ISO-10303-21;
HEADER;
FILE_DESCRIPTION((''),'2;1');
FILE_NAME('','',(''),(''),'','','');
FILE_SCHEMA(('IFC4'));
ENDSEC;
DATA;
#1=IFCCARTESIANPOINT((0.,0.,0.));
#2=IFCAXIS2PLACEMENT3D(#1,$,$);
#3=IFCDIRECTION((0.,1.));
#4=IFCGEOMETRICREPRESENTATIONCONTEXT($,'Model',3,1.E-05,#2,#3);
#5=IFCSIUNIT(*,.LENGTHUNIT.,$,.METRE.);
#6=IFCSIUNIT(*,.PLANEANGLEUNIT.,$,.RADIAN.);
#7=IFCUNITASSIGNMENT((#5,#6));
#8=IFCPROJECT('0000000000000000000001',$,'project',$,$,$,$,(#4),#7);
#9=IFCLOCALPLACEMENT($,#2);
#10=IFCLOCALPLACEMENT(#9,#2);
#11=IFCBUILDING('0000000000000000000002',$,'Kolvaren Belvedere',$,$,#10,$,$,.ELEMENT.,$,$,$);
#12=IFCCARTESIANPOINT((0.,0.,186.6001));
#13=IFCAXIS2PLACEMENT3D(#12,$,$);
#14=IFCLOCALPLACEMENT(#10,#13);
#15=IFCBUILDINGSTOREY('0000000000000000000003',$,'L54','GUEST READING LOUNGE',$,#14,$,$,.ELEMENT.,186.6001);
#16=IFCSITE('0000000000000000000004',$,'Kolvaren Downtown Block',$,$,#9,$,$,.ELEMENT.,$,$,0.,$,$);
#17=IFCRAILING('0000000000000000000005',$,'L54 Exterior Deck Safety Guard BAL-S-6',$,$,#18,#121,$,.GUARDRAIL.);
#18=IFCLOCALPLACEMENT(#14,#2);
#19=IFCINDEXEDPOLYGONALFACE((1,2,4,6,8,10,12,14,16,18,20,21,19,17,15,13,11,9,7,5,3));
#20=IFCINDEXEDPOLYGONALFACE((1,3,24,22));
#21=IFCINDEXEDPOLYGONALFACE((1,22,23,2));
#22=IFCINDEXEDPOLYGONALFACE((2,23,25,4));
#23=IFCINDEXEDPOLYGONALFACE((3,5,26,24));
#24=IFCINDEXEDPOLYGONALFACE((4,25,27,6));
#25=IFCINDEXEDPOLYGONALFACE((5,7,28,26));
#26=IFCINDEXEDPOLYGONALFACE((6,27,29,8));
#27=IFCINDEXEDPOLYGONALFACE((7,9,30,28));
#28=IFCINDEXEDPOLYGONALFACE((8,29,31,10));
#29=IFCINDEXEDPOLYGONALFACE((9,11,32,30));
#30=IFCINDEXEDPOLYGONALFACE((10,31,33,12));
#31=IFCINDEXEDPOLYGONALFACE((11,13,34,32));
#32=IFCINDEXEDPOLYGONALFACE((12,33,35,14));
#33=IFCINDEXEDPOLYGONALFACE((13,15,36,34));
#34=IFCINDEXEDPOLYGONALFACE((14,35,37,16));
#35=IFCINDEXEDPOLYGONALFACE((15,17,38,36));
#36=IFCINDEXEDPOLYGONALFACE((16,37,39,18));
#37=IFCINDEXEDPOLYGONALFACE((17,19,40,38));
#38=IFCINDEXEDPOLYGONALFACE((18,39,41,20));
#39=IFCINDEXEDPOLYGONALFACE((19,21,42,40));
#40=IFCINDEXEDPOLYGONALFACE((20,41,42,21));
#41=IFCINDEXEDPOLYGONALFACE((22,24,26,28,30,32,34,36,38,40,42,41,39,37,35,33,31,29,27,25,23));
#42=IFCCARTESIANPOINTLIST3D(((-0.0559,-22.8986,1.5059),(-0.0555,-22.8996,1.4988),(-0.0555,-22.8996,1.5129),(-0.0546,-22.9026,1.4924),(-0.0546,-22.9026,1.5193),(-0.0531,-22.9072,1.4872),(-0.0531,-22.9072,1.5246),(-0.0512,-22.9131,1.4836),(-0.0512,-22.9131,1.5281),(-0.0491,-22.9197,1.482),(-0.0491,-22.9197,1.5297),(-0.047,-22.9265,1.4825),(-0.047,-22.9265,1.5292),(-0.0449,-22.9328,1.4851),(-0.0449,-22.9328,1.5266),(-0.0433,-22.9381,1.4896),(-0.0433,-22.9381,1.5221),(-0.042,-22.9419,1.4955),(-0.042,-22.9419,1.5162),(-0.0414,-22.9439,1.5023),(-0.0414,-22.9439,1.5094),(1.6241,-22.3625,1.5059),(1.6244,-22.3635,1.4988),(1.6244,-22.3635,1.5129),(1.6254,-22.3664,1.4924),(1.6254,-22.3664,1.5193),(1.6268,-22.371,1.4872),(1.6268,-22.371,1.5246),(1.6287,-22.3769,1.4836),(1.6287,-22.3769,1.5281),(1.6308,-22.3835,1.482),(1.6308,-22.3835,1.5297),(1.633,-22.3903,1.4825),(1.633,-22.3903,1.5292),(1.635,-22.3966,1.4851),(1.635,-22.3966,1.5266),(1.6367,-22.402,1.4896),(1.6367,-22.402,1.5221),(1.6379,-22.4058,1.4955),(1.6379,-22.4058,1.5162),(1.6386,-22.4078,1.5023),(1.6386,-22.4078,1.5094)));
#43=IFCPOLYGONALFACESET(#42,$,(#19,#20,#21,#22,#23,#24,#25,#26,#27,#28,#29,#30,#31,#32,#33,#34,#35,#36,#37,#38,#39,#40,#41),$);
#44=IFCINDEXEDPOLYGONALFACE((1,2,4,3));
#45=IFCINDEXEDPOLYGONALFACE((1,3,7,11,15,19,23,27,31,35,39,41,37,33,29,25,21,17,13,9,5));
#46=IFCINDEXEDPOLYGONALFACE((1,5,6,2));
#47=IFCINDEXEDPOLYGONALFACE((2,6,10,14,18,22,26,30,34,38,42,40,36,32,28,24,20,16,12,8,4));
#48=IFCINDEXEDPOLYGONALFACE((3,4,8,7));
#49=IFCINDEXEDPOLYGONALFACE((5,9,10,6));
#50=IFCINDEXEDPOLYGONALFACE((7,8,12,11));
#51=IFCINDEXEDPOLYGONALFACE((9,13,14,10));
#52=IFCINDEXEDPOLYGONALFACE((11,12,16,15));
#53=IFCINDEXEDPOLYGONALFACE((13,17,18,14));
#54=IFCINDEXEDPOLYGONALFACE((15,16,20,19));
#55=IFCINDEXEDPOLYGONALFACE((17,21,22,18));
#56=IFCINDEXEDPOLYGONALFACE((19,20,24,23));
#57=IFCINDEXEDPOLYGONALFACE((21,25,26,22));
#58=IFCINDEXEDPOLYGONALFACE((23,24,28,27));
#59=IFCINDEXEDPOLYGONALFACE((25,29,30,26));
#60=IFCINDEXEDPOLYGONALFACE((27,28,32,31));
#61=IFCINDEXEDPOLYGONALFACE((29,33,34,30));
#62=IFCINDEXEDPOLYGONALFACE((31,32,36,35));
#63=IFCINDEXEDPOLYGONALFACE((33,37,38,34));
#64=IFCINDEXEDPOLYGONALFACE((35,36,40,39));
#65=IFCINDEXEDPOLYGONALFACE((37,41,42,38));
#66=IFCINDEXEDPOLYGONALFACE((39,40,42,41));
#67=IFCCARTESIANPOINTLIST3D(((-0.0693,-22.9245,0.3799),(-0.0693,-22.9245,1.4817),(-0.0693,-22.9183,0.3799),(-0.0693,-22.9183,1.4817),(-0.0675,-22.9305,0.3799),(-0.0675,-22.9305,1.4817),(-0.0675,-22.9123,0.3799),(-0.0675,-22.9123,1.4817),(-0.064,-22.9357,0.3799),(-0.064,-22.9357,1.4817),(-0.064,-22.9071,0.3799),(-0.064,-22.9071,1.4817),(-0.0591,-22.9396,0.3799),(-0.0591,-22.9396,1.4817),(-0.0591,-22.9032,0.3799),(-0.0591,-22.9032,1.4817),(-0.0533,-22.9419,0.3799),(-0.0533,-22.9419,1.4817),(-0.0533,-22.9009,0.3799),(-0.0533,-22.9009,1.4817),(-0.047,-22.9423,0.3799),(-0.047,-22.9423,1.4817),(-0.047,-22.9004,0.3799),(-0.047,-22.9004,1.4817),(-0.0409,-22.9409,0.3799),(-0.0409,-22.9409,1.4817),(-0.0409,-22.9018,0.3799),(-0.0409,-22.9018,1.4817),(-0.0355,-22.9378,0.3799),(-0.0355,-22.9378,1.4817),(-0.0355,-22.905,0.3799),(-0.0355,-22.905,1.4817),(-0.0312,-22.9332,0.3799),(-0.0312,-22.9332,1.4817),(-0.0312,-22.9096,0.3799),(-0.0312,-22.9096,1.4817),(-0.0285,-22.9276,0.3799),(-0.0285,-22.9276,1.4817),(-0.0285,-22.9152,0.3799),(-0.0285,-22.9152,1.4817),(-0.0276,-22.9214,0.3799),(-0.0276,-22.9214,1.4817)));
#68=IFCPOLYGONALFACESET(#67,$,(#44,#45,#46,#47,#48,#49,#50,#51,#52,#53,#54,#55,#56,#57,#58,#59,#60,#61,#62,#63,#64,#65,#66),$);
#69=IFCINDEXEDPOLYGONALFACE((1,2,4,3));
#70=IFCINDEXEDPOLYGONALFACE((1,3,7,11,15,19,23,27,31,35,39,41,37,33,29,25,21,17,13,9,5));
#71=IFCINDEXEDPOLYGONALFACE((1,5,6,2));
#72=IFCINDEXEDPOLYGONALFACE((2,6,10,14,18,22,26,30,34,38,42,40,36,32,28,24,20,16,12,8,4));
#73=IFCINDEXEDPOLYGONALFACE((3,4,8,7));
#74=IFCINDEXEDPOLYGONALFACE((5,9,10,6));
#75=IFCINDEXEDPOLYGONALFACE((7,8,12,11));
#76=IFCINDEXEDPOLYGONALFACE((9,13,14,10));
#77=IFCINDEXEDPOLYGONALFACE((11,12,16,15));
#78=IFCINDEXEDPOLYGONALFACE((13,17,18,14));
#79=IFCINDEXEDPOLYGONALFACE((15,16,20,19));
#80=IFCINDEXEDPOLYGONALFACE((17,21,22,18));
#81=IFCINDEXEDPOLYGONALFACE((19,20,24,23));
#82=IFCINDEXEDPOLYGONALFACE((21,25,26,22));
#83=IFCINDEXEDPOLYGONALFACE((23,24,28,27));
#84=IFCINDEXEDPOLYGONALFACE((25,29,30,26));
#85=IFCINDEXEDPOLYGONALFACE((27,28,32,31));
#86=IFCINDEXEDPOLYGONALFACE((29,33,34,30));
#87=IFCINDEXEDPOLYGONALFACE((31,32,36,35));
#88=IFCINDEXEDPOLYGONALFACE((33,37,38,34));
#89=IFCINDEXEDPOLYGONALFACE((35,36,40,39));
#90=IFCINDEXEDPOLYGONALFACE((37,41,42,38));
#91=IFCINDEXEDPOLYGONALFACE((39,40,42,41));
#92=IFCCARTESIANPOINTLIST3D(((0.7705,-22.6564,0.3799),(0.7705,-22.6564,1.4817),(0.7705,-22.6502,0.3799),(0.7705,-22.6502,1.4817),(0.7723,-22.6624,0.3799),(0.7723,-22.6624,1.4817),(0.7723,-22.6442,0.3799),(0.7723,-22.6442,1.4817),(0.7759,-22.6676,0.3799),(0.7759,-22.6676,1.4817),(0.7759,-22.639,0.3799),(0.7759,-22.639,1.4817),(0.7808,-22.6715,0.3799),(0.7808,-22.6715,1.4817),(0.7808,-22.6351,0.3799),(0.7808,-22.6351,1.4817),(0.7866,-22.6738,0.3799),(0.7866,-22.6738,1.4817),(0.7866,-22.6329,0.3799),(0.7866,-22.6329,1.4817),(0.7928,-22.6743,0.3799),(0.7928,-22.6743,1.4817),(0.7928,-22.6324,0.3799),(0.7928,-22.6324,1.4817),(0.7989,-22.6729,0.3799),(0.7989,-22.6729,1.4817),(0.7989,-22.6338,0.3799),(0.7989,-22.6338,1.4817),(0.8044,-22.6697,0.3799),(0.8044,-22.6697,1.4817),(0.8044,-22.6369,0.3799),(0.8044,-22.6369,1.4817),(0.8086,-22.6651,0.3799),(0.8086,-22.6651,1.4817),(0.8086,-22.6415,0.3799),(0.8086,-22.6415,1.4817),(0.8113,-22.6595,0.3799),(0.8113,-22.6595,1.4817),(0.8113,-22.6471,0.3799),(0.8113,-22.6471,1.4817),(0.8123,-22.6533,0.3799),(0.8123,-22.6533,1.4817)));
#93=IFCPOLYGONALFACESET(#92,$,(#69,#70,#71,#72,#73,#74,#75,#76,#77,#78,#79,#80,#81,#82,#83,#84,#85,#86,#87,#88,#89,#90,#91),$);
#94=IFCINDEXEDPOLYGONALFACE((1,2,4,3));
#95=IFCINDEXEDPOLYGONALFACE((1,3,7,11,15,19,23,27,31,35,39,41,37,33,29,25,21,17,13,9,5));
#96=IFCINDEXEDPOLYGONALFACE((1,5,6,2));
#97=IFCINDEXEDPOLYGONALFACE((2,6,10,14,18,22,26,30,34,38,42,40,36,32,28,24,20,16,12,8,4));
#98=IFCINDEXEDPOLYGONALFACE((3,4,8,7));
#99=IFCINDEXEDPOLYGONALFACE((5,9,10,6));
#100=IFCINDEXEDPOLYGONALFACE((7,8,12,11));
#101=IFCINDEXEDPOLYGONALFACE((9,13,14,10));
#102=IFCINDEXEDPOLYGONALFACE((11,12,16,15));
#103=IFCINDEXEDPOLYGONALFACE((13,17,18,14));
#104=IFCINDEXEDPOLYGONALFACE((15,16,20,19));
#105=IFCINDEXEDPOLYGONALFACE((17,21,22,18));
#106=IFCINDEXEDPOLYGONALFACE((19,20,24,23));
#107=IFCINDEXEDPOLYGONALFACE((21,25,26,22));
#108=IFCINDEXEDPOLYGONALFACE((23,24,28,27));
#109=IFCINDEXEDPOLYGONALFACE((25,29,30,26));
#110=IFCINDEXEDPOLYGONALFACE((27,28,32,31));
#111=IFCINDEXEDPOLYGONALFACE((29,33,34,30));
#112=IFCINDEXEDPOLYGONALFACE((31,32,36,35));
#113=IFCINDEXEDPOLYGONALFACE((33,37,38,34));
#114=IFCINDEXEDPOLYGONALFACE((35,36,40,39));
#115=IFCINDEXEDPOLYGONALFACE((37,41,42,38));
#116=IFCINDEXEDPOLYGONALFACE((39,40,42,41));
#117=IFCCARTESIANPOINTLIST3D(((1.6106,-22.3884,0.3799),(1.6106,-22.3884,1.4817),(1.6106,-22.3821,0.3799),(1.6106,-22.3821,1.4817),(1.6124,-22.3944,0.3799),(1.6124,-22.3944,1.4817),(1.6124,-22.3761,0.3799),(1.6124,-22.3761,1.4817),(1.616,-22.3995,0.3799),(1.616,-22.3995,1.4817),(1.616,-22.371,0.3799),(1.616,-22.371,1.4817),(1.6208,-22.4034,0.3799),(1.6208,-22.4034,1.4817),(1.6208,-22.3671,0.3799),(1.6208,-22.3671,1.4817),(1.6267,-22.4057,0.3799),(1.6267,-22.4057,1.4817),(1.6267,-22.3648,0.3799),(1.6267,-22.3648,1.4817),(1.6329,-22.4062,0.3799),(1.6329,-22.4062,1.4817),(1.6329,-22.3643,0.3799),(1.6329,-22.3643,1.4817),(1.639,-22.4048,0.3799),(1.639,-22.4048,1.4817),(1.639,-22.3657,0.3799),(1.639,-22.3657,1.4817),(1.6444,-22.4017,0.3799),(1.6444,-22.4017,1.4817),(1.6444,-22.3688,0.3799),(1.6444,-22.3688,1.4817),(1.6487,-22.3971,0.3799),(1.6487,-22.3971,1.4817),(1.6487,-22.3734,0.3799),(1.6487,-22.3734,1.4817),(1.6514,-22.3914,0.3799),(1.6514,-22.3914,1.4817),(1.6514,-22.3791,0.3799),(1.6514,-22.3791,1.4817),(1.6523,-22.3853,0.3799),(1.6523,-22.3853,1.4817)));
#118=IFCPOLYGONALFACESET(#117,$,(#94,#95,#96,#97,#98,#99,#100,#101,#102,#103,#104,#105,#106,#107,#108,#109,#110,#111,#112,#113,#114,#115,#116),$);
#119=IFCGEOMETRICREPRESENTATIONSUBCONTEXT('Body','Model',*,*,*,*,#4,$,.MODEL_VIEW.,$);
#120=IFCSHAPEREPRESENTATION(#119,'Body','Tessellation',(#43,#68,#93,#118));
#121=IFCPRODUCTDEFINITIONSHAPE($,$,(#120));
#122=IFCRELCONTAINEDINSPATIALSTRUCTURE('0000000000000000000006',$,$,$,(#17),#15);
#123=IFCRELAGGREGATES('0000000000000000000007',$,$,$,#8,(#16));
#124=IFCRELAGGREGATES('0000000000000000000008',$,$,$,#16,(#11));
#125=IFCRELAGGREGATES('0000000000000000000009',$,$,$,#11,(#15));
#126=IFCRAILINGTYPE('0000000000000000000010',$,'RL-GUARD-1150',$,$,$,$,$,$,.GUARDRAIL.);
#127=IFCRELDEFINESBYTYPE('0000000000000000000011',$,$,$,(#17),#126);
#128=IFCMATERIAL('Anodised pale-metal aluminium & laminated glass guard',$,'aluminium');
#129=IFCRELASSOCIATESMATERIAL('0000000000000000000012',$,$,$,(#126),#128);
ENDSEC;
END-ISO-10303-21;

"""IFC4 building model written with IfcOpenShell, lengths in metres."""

from ifc_helpers import new_model, si_unit, direction, frame, origin, origin_2d, place, context, subcontext, project, spatial, circle, extrude, material, type_object, element, save


model = new_model("IFC4")

# Units and contexts
model_context = context("Model", 3, precision=1e-05, world=origin(), true_north=direction((0.0, 1.0)))
body_context = subcontext(model_context, "Body", "Model", "MODEL_VIEW")
ifc_project = project(units=[si_unit("LENGTHUNIT", "METRE"), si_unit("PLANEANGLEUNIT", "RADIAN")], contexts=[model_context])

# Site, building, storey
site_placement = place(None, origin())
site = spatial("IfcSite", under=ifc_project, at=site_placement, Name="Kolvaren Downtown Block", CompositionType="ELEMENT", RefElevation=0.0)
building_placement = place(site_placement, origin())
building = spatial("IfcBuilding", under=site, at=building_placement, Name="Kolvaren Belvedere", CompositionType="ELEMENT")
storey_placement = place(building_placement, frame((0.0, 0.0, 186.6001)))
storey = spatial("IfcBuildingStorey", under=building, at=storey_placement, Name="L54", Description="GUEST READING LOUNGE", CompositionType="ELEMENT", Elevation=186.6001)

# Railing
ifc_material_1 = material(Name="Anodised pale-metal aluminium & laminated glass guard", Category="aluminium")
railing_type = type_object("IfcRailingType", Name="RL-GUARD-1150", PredefinedType="GUARDRAIL", material=ifc_material_1)
railing_1_placement = place(storey_placement, frame((-0.0486, -22.9214, 0.3799)))
element("IfcRailing", 1, at=railing_1_placement, inside=storey, type_object=railing_type, Name="L54 Exterior Deck Safety Guard BAL-S-6", PredefinedType="GUARDRAIL", context=body_context, shape_type="SweptSolid", body=[
    extrude(circle(Radius=0.0239, at=origin_2d()), frame((0.0, 0.0, 1.126), z_axis=(0.952662, 0.304032, 0.0), x_axis=(-0.304032, 0.952662, 0.0)), (0.0, 0.0, 1.0), 1.7634),
    extrude(circle(Radius=0.021, at=origin_2d()), origin(), (0.0, 0.0, 1.0), 1.1018),
    extrude(circle(Radius=0.021, at=origin_2d()), frame((0.8398, 0.2681, 0.0)), (0.0, 0.0, 1.0), 1.1018),
    extrude(circle(Radius=0.021, at=origin_2d()), frame((1.6799, 0.5361, 0.0)), (0.0, 0.0, 1.0), 1.1018),
])

save(model, "model.ifc")
